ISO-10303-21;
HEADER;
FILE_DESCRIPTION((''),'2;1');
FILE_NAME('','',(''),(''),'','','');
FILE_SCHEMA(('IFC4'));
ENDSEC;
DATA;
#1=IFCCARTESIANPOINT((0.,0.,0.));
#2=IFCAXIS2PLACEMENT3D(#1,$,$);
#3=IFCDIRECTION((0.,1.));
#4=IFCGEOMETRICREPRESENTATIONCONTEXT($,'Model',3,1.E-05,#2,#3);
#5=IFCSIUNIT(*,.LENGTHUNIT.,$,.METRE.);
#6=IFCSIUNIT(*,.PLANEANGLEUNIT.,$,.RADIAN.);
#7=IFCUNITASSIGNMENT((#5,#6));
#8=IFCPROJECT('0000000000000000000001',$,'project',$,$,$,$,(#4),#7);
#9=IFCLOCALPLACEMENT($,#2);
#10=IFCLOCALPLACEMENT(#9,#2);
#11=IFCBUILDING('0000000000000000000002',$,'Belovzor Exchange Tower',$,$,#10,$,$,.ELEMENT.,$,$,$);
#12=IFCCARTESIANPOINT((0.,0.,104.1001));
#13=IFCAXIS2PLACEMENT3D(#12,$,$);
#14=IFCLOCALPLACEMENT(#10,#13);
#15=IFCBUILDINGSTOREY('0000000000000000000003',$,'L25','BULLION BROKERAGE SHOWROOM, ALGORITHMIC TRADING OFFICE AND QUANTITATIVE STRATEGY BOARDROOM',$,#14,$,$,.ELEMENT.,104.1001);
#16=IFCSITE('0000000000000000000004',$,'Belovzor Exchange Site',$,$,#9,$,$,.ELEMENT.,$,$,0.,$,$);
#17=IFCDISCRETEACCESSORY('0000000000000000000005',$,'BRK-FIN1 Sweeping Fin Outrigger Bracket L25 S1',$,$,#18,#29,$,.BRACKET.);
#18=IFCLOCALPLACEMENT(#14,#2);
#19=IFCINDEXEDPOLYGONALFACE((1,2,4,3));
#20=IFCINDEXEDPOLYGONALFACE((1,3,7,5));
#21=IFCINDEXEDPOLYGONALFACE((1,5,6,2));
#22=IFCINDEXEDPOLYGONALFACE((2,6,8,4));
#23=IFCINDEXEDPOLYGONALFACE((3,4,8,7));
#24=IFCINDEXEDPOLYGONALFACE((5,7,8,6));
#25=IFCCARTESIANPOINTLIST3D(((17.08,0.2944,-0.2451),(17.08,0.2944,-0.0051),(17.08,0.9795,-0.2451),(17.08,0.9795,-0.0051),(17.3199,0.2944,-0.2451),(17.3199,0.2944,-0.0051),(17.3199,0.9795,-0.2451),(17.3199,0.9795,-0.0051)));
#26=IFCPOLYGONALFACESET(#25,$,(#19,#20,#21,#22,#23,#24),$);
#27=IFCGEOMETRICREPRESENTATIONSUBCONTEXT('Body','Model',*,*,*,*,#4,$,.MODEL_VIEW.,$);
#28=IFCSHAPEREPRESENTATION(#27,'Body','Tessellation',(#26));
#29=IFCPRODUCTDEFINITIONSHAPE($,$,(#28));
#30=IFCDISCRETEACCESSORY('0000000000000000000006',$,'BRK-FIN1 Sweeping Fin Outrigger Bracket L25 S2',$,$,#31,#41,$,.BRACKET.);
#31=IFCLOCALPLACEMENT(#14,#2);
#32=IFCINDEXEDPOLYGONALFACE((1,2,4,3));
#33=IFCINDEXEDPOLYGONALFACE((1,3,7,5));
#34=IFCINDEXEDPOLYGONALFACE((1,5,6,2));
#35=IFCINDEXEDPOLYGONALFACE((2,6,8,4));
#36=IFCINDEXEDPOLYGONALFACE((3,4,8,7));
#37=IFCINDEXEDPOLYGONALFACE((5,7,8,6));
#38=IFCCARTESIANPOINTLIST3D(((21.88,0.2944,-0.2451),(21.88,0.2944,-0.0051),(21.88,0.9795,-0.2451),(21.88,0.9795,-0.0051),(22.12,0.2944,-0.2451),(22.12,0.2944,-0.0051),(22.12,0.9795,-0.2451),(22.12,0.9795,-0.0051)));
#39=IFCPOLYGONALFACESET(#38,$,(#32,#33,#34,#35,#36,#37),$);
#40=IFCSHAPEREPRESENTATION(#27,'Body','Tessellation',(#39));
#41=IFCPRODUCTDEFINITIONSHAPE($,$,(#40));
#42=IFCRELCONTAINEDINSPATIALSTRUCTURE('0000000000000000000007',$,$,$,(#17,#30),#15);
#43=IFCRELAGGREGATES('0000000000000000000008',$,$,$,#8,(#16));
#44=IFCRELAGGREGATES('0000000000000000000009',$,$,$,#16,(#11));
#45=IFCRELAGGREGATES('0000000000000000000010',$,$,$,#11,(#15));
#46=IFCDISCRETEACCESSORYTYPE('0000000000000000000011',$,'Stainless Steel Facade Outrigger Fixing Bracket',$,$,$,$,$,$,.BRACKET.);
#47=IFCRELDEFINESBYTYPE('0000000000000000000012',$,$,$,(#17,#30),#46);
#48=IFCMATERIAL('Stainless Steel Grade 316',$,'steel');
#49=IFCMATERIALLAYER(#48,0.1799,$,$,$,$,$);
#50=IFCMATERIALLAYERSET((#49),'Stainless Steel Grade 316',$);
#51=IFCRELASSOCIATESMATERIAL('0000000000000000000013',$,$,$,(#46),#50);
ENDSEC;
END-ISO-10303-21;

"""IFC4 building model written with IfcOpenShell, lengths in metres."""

from ifc_helpers import new_model, si_unit, direction, frame, origin, origin_2d, place, context, subcontext, project, spatial, rectangle, extrude, material, layer, layer_set, type_object, element, save


model = new_model("IFC4")

# Units and contexts
model_context = context("Model", 3, precision=1e-05, world=origin(), true_north=direction((0.0, 1.0)))
body_context = subcontext(model_context, "Body", "Model", "MODEL_VIEW")
ifc_project = project(units=[si_unit("LENGTHUNIT", "METRE"), si_unit("PLANEANGLEUNIT", "RADIAN")], contexts=[model_context])

# Site, building, storey
site_placement = place(None, origin())
site = spatial("IfcSite", under=ifc_project, at=site_placement, Name="Belovzor Exchange Site", CompositionType="ELEMENT", RefElevation=0.0)
building_placement = place(site_placement, origin())
building = spatial("IfcBuilding", under=site, at=building_placement, Name="Belovzor Exchange Tower", CompositionType="ELEMENT")
storey_placement = place(building_placement, frame((0.0, 0.0, 104.1001)))
storey = spatial("IfcBuildingStorey", under=building, at=storey_placement, Name="L25", Description="BULLION BROKERAGE SHOWROOM, ALGORITHMIC TRADING OFFICE AND QUANTITATIVE STRATEGY BOARDROOM", CompositionType="ELEMENT", Elevation=104.1001)

# Discrete accessories
ifc_material_1 = material(Name="Stainless Steel Grade 316", Category="steel")
ifc_layer_1 = layer(ifc_material_1, 0.1799)
ifc_layer_set_1 = layer_set([ifc_layer_1], Name="Stainless Steel Grade 316")
discrete_accessory_type = type_object("IfcDiscreteAccessoryType", Name="Stainless Steel Facade Outrigger Fixing Bracket", PredefinedType="BRACKET", material=ifc_layer_set_1)
for number, where, z_axis, x_axis, name in (
    (1, (17.2, 0.637, -0.2451), (0.0, 0.0, 1.0), (0.0, 1.0, 0.0), "BRK-FIN1 Sweeping Fin Outrigger Bracket L25 S1"),
    (2, (22.0, 0.637, -0.2451), (0.0, 0.0, 1.0), (0.0, 1.0, 0.0), "BRK-FIN1 Sweeping Fin Outrigger Bracket L25 S2"),
):
    element("IfcDiscreteAccessory", number, at=place(storey_placement, frame(where, z_axis=z_axis, x_axis=x_axis)), inside=storey, type_object=discrete_accessory_type, Name=name, PredefinedType="BRACKET", context=body_context, shape_type="SweptSolid", body=[
        extrude(rectangle(XDim=0.6851, YDim=0.24, at=origin_2d()), origin(), (0.0, 0.0, 1.0), 0.24),
    ])

save(model, "model.ifc")
